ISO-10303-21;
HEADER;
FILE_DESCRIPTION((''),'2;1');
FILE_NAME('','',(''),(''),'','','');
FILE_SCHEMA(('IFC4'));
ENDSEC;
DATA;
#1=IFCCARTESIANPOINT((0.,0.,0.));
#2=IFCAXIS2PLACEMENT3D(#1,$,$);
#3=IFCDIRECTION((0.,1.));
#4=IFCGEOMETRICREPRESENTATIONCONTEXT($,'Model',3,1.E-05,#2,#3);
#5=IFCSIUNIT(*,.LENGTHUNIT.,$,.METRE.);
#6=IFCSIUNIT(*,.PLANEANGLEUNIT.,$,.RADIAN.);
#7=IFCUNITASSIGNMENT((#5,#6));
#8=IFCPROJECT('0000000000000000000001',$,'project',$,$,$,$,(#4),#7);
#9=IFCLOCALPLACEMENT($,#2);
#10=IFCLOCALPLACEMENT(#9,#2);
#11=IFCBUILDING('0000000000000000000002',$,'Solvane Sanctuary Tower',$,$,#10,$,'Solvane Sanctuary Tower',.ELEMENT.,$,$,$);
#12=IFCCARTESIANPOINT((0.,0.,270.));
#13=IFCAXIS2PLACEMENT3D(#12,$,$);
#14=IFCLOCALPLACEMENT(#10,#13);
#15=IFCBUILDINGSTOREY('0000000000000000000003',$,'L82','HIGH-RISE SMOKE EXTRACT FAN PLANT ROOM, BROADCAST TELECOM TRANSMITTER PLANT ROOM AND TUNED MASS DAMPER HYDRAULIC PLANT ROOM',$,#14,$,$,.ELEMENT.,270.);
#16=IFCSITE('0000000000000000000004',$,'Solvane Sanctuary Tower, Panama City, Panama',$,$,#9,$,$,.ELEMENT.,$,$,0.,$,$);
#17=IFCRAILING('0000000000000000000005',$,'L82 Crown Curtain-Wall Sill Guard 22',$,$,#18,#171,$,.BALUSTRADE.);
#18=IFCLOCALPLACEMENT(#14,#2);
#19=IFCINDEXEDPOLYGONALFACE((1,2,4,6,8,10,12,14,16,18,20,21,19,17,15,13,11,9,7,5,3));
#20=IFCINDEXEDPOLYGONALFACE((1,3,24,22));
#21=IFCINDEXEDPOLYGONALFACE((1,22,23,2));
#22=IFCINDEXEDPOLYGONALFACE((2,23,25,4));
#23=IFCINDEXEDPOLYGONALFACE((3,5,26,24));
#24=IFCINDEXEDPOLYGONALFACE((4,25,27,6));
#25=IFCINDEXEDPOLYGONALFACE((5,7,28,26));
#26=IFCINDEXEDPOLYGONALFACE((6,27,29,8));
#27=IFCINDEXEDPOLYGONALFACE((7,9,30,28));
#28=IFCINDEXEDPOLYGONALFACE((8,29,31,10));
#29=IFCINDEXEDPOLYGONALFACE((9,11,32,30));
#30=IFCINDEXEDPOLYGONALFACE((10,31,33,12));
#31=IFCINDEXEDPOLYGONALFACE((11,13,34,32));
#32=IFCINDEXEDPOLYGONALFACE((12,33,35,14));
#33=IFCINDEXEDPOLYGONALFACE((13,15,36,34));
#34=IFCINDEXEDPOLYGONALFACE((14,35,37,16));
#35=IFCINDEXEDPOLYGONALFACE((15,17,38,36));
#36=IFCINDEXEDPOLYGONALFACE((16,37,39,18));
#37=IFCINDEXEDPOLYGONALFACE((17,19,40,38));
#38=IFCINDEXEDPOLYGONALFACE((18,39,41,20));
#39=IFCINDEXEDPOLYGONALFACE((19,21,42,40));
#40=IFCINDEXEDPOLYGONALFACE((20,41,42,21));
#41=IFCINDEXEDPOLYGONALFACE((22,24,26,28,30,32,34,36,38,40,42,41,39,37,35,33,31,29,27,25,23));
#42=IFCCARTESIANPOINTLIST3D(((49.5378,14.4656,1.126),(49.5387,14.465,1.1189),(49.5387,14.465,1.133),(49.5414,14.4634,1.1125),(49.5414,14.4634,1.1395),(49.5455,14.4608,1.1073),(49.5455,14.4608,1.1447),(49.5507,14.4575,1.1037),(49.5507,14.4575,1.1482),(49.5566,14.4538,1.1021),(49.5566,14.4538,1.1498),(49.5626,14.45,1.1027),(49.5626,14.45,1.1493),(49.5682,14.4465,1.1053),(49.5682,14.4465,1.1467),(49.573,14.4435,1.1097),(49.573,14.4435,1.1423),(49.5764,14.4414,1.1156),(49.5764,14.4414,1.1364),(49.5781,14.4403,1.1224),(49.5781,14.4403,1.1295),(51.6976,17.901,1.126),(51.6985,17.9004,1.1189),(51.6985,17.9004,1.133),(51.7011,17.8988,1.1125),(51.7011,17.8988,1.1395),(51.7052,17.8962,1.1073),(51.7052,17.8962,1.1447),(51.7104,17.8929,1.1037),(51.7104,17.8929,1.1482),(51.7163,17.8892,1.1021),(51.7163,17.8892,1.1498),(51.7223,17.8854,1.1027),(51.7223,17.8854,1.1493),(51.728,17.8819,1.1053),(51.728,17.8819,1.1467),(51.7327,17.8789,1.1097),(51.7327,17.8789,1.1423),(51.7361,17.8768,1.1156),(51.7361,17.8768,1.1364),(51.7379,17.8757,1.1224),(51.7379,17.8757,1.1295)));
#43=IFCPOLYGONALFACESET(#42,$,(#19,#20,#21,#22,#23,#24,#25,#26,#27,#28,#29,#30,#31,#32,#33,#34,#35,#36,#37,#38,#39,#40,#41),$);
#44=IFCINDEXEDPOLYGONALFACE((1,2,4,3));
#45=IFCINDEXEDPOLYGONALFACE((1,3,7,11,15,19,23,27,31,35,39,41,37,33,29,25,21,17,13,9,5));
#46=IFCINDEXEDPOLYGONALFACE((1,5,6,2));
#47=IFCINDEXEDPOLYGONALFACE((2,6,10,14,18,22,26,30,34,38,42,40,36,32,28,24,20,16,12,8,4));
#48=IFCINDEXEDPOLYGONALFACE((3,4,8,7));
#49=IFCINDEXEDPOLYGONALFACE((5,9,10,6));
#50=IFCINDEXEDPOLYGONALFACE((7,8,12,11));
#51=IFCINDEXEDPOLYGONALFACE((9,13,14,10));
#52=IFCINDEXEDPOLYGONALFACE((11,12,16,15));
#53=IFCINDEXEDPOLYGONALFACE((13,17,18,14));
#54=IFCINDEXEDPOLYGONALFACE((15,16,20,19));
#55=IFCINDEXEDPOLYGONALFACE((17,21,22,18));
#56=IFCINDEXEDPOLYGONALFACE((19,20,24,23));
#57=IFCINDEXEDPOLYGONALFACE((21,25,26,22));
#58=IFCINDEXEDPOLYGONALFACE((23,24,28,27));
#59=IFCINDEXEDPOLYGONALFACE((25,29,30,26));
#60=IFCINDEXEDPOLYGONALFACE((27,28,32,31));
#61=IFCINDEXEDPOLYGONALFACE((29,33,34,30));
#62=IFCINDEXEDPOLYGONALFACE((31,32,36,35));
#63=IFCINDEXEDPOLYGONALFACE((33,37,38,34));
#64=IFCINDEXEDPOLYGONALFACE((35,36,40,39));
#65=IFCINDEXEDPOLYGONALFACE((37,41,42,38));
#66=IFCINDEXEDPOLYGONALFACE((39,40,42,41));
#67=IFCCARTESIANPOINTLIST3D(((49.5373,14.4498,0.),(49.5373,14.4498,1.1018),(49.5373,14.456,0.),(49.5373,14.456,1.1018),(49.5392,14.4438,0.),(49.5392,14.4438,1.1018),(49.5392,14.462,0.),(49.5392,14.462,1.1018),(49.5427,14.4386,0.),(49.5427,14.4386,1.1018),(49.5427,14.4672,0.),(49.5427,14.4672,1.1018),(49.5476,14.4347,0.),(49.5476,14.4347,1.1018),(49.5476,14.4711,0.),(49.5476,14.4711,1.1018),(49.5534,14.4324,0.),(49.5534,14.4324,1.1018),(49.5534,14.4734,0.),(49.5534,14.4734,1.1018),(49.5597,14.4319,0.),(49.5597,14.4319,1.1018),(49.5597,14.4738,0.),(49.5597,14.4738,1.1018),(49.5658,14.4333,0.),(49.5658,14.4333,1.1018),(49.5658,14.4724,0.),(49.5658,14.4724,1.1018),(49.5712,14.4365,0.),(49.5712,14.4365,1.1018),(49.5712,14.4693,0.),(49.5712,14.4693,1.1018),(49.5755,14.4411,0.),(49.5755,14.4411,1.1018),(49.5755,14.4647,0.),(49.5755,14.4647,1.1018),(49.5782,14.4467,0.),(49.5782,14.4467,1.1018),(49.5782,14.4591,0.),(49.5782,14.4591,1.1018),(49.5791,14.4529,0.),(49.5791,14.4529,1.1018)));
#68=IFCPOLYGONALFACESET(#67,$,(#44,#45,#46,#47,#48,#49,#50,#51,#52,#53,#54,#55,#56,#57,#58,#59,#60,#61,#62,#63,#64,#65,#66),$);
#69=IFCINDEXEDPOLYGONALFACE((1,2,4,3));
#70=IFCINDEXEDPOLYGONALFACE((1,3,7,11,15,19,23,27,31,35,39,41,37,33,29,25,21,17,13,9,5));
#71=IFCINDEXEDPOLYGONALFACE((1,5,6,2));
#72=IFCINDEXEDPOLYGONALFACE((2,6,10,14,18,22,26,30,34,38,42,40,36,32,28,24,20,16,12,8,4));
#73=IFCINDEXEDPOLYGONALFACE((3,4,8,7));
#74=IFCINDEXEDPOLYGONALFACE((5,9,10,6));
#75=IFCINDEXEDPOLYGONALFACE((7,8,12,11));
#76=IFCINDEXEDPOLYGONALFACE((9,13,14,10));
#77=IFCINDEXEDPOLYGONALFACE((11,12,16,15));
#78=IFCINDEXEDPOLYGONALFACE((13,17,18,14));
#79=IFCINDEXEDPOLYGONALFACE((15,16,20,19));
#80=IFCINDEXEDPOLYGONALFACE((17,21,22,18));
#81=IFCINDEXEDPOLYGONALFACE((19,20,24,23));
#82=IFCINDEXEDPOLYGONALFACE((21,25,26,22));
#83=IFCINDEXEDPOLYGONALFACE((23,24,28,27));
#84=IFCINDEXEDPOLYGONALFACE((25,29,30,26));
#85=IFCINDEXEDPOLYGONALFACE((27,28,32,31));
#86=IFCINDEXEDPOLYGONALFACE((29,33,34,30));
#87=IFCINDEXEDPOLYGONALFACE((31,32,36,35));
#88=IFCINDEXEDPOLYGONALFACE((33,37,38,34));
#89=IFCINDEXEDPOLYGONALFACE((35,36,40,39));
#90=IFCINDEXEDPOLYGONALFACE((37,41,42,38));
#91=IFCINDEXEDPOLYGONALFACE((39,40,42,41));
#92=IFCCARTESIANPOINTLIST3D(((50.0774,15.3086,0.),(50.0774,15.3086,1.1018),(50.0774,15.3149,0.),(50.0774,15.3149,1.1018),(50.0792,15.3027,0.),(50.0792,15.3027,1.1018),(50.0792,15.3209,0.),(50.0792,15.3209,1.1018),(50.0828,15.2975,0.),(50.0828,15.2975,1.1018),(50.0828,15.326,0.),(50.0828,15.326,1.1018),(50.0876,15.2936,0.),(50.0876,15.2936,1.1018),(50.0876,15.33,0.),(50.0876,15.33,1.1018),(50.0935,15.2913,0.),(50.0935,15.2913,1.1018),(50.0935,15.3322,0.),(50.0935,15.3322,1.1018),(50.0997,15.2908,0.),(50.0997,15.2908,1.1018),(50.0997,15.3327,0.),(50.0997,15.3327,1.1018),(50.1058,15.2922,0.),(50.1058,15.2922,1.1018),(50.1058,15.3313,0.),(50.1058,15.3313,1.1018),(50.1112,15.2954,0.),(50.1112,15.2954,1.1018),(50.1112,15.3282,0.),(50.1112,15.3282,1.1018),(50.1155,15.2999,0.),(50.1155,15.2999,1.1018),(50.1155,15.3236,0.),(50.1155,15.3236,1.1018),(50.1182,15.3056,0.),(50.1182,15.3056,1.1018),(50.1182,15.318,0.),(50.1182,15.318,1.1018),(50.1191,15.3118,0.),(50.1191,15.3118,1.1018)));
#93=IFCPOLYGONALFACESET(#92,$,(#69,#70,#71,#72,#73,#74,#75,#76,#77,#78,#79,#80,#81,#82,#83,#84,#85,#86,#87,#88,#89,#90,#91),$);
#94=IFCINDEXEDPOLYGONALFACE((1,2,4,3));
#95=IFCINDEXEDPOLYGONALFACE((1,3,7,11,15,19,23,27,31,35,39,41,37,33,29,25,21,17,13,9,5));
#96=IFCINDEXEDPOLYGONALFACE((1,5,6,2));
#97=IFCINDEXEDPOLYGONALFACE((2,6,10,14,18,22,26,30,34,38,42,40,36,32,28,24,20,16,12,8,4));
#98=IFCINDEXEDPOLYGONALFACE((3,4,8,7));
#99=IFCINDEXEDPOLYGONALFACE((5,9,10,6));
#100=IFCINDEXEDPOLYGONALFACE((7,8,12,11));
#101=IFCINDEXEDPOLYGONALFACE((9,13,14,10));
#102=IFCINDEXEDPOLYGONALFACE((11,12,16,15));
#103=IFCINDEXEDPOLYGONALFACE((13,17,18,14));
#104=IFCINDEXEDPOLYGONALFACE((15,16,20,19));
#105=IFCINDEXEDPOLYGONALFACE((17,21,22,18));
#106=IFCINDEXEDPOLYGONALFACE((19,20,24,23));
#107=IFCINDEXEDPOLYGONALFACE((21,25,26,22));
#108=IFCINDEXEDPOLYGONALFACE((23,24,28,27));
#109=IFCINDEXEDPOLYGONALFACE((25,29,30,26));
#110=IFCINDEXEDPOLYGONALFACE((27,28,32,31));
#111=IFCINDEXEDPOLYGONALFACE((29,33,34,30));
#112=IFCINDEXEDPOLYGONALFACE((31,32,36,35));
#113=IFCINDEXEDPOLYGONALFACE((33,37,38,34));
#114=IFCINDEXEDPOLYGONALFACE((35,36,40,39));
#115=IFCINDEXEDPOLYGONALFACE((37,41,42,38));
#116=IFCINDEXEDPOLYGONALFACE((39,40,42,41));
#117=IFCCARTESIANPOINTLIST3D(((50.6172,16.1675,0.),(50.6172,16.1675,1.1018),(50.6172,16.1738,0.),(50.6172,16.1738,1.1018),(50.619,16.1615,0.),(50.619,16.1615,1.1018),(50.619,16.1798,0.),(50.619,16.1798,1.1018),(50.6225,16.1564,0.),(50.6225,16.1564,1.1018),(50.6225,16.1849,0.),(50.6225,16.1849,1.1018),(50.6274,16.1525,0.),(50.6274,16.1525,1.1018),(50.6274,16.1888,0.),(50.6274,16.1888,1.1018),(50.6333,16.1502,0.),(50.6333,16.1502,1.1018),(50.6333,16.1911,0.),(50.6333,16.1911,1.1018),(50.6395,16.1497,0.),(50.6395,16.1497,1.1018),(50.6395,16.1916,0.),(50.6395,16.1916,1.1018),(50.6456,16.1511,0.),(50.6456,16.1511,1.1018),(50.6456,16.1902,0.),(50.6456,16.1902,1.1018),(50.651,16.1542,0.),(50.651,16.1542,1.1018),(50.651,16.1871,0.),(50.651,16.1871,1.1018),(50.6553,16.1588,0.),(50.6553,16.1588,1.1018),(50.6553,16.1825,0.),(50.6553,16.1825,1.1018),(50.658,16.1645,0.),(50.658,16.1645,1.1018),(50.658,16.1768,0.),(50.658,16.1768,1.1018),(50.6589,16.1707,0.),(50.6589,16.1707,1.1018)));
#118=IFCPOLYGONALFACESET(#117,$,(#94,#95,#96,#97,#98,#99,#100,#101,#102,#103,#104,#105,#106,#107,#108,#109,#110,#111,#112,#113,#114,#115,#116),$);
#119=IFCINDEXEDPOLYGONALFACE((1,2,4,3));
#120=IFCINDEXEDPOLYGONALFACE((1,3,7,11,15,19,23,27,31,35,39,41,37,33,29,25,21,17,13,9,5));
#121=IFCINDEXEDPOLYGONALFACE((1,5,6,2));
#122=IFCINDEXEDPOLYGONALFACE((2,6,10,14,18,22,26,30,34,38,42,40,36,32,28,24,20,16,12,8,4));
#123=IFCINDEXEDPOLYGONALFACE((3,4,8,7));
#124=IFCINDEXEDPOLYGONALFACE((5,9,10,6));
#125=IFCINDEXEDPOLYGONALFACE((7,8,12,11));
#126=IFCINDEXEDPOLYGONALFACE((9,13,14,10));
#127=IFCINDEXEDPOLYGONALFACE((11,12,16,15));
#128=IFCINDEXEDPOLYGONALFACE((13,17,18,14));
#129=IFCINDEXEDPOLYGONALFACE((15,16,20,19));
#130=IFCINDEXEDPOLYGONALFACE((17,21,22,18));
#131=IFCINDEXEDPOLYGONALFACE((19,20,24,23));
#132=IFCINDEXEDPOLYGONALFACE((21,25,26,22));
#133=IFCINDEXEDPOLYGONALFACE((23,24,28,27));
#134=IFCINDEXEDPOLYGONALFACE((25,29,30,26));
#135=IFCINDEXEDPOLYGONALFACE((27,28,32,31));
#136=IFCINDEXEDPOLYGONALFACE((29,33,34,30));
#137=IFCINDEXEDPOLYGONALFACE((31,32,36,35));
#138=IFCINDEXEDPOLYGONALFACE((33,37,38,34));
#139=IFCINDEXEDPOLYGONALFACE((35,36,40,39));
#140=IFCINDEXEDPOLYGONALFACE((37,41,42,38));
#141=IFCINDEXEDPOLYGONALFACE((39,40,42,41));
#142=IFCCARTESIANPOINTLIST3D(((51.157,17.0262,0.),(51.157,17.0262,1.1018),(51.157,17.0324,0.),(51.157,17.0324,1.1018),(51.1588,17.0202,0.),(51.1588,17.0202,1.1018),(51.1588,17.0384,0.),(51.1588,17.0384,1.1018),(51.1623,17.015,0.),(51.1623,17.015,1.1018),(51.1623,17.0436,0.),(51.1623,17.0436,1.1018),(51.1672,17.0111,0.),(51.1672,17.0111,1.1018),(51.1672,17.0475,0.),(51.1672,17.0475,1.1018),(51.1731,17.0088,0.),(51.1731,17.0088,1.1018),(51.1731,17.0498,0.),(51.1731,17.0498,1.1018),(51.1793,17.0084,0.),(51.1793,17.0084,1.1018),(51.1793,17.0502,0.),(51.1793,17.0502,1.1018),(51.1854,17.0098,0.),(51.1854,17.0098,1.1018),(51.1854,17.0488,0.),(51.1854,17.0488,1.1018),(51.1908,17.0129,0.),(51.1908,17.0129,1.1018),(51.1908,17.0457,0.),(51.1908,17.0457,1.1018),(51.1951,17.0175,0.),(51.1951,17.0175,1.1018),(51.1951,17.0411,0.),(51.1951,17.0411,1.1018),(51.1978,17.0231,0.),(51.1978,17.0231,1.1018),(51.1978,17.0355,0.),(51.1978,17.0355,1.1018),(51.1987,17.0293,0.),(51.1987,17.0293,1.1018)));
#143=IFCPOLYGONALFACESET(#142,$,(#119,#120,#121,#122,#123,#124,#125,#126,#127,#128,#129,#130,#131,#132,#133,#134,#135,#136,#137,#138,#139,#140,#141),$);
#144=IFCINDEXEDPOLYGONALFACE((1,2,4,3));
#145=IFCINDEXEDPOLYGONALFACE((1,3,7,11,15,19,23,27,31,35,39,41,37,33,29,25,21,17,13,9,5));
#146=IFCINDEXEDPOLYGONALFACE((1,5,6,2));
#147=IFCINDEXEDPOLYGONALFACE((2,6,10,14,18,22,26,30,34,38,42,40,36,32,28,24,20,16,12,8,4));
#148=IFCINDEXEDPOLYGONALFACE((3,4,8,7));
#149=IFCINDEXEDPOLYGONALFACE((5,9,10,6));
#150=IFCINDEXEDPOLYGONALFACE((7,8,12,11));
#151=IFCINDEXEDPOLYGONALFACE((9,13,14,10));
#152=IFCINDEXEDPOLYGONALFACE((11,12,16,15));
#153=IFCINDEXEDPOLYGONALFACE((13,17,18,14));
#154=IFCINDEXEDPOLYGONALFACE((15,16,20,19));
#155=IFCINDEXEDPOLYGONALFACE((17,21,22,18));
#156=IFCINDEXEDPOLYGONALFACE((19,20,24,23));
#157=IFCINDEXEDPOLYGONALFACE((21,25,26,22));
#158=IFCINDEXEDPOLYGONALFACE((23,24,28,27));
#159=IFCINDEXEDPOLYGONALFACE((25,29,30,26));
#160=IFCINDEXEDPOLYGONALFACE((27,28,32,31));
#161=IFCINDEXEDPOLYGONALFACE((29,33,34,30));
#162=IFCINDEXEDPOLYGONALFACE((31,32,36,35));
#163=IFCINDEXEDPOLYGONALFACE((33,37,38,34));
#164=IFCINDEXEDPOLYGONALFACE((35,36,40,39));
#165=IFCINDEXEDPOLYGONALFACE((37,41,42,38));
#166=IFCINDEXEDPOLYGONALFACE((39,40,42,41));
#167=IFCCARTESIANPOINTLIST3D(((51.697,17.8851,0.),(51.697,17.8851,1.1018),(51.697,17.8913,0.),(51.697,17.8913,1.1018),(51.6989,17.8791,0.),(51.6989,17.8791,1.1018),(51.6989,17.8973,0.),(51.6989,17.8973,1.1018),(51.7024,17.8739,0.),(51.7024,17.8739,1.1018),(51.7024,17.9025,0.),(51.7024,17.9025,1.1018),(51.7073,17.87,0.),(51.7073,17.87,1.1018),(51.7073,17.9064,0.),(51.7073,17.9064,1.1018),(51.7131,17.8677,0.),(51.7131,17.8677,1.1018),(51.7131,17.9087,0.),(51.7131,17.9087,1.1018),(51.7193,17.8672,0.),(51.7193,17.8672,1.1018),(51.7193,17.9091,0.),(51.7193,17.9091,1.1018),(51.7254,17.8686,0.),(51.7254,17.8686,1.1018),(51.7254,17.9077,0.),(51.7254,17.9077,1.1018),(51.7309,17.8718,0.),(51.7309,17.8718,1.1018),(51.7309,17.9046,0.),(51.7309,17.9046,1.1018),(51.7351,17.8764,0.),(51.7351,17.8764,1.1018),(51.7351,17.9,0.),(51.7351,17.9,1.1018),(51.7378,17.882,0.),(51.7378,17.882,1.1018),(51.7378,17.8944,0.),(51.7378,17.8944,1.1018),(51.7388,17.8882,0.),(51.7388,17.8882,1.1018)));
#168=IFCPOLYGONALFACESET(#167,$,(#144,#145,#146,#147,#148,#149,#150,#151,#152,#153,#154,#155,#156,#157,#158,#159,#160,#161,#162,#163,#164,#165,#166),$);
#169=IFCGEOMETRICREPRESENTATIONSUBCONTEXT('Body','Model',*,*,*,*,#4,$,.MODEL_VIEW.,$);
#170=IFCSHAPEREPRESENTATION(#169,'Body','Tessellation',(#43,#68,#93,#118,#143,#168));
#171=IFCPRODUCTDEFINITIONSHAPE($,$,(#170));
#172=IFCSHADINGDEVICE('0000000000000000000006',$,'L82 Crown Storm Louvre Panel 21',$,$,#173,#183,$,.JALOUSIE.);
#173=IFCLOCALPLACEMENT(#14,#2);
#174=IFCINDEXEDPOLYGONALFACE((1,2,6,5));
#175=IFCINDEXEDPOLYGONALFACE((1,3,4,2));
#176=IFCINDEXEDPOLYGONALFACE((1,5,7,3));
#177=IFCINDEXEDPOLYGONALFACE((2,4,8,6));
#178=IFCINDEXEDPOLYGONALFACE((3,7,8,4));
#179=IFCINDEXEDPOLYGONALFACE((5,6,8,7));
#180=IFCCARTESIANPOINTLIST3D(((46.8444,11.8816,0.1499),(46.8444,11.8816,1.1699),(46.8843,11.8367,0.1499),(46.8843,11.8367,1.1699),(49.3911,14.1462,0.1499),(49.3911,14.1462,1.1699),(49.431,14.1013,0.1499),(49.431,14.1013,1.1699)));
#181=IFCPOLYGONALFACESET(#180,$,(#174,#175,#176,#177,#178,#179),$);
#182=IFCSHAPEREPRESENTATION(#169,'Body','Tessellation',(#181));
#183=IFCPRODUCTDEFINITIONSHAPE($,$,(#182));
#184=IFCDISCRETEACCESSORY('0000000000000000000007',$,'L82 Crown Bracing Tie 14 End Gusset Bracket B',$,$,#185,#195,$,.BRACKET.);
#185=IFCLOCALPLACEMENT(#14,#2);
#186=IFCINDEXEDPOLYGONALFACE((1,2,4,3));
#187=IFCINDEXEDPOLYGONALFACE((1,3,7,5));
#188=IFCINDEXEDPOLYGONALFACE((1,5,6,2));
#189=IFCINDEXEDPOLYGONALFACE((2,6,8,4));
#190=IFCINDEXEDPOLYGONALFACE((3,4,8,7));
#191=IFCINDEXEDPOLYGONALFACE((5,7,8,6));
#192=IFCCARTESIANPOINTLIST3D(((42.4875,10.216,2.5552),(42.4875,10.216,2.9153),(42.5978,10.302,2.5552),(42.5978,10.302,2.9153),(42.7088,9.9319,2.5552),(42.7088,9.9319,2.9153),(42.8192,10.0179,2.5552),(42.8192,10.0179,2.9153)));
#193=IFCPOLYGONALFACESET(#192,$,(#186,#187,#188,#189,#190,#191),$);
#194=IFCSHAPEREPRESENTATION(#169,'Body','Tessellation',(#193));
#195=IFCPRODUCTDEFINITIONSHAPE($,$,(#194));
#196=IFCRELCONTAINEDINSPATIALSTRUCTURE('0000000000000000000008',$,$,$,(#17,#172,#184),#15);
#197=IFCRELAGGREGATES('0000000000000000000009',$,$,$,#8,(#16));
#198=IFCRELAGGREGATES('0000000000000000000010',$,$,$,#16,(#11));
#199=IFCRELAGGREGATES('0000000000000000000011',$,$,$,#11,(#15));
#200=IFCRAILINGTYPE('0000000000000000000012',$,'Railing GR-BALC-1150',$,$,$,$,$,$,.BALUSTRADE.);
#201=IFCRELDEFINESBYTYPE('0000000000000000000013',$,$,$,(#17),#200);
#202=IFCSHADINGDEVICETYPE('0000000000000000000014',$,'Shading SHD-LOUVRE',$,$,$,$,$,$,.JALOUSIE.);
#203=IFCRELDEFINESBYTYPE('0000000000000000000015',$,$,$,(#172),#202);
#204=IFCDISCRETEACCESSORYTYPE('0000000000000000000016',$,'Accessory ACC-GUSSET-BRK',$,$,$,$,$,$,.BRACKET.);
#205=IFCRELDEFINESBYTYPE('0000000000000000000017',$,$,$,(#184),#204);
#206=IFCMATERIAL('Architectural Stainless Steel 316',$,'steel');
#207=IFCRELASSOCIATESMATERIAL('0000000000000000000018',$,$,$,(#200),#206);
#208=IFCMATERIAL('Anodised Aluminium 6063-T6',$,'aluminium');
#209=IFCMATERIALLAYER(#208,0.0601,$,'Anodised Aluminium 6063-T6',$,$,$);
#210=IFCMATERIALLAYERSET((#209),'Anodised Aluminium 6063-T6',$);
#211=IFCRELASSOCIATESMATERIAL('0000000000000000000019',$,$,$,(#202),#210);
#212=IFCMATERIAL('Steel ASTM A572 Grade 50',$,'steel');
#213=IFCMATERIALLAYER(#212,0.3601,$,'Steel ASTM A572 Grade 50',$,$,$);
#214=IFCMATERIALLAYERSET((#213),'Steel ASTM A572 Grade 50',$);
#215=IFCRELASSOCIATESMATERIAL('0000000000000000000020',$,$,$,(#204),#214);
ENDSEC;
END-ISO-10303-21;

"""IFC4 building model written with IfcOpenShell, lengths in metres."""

from ifc_helpers import new_model, si_unit, direction, frame, origin, origin_2d, place, context, subcontext, project, spatial, rectangle, circle, extrude, material, layer, layer_set, type_object, element, save


model = new_model("IFC4")

# Units and contexts
model_context = context("Model", 3, precision=1e-05, world=origin(), true_north=direction((0.0, 1.0)))
body_context = subcontext(model_context, "Body", "Model", "MODEL_VIEW")
ifc_project = project(units=[si_unit("LENGTHUNIT", "METRE"), si_unit("PLANEANGLEUNIT", "RADIAN")], contexts=[model_context])

# Site, building, storey
site_placement = place(None, origin())
site = spatial("IfcSite", under=ifc_project, at=site_placement, Name="Solvane Sanctuary Tower, Panama City, Panama", CompositionType="ELEMENT", RefElevation=0.0)
building_placement = place(site_placement, origin())
building = spatial("IfcBuilding", under=site, at=building_placement, Name="Solvane Sanctuary Tower", LongName="Solvane Sanctuary Tower", CompositionType="ELEMENT")
storey_placement = place(building_placement, frame((0.0, 0.0, 270.0)))
storey = spatial("IfcBuildingStorey", under=building, at=storey_placement, Name="L82", Description="HIGH-RISE SMOKE EXTRACT FAN PLANT ROOM, BROADCAST TELECOM TRANSMITTER PLANT ROOM AND TUNED MASS DAMPER HYDRAULIC PLANT ROOM", CompositionType="ELEMENT", Elevation=270.0)

# Shared definitions
ifc_material_1 = material(Name="Anodised Aluminium 6063-T6", Category="aluminium")

# Railing
ifc_material_2 = material(Name="Architectural Stainless Steel 316", Category="steel")
railing_type = type_object("IfcRailingType", Name="Railing GR-BALC-1150", PredefinedType="BALUSTRADE", material=ifc_material_2)
railing_1_placement = place(storey_placement, frame((49.5581, 14.4529, 0.0)))
element("IfcRailing", 1, at=railing_1_placement, inside=storey, type_object=railing_type, Name="L82 Crown Curtain-Wall Sill Guard 22", PredefinedType="BALUSTRADE", context=body_context, shape_type="SweptSolid", body=[
    extrude(circle(Radius=0.0239, at=origin_2d()), frame((0.0, 0.0, 1.126), z_axis=(0.532231, 0.846599, 0.0), x_axis=(-0.846599, 0.532231, 0.0)), (0.0, 0.0, 1.0), 4.0579),
    extrude(circle(Radius=0.021, at=origin_2d()), origin(), (0.0, 0.0, 1.0), 1.1018),
    extrude(circle(Radius=0.021, at=origin_2d()), frame((0.54, 0.8589, 0.0)), (0.0, 0.0, 1.0), 1.1018),
    extrude(circle(Radius=0.021, at=origin_2d()), frame((1.0798, 1.7178, 0.0)), (0.0, 0.0, 1.0), 1.1018),
    extrude(circle(Radius=0.021, at=origin_2d()), frame((1.6196, 2.5764, 0.0)), (0.0, 0.0, 1.0), 1.1018),
    extrude(circle(Radius=0.021, at=origin_2d()), frame((2.1597, 3.4353, 0.0)), (0.0, 0.0, 1.0), 1.1018),
])

# Shading device
ifc_layer_1 = layer(ifc_material_1, 0.0601, Name="Anodised Aluminium 6063-T6")
ifc_layer_set_1 = layer_set([ifc_layer_1], Name="Anodised Aluminium 6063-T6")
shading_device_type = type_object("IfcShadingDeviceType", Name="Shading SHD-LOUVRE", PredefinedType="JALOUSIE", material=ifc_layer_set_1)
shading_device_placement = place(storey_placement, frame((48.1377, 12.9915, 0.1499), z_axis=(0.0, 0.0, 1.0), x_axis=(0.7473, 0.664487, 0.0)))
element("IfcShadingDevice", 2, at=shading_device_placement, inside=storey, type_object=shading_device_type, Name="L82 Crown Storm Louvre Panel 21", PredefinedType="JALOUSIE", context=body_context, shape_type="SweptSolid", body=[
    extrude(rectangle(XDim=3.408, YDim=0.0601, at=origin_2d()), origin(), (0.0, 0.0, 1.0), 1.02),
])

# Discrete accessory
ifc_material_3 = material(Name="Steel ASTM A572 Grade 50", Category="steel")
ifc_layer_2 = layer(ifc_material_3, 0.3601, Name="Steel ASTM A572 Grade 50")
ifc_layer_set_2 = layer_set([ifc_layer_2], Name="Steel ASTM A572 Grade 50")
discrete_accessory_type = type_object("IfcDiscreteAccessoryType", Name="Accessory ACC-GUSSET-BRK", PredefinedType="BRACKET", material=ifc_layer_set_2)
discrete_accessory_placement = place(storey_placement, frame((42.6533, 10.1169, 2.5552), z_axis=(0.0, 0.0, 1.0), x_axis=(0.614698, -0.788762, 0.0)))
element("IfcDiscreteAccessory", 3, at=discrete_accessory_placement, inside=storey, type_object=discrete_accessory_type, Name="L82 Crown Bracing Tie 14 End Gusset Bracket B", PredefinedType="BRACKET", context=body_context, shape_type="SweptSolid", body=[
    extrude(rectangle(XDim=0.3601, YDim=0.1399, at=origin_2d()), origin(), (0.0, 0.0, 1.0), 0.3601),
])

save(model, "model.ifc")
